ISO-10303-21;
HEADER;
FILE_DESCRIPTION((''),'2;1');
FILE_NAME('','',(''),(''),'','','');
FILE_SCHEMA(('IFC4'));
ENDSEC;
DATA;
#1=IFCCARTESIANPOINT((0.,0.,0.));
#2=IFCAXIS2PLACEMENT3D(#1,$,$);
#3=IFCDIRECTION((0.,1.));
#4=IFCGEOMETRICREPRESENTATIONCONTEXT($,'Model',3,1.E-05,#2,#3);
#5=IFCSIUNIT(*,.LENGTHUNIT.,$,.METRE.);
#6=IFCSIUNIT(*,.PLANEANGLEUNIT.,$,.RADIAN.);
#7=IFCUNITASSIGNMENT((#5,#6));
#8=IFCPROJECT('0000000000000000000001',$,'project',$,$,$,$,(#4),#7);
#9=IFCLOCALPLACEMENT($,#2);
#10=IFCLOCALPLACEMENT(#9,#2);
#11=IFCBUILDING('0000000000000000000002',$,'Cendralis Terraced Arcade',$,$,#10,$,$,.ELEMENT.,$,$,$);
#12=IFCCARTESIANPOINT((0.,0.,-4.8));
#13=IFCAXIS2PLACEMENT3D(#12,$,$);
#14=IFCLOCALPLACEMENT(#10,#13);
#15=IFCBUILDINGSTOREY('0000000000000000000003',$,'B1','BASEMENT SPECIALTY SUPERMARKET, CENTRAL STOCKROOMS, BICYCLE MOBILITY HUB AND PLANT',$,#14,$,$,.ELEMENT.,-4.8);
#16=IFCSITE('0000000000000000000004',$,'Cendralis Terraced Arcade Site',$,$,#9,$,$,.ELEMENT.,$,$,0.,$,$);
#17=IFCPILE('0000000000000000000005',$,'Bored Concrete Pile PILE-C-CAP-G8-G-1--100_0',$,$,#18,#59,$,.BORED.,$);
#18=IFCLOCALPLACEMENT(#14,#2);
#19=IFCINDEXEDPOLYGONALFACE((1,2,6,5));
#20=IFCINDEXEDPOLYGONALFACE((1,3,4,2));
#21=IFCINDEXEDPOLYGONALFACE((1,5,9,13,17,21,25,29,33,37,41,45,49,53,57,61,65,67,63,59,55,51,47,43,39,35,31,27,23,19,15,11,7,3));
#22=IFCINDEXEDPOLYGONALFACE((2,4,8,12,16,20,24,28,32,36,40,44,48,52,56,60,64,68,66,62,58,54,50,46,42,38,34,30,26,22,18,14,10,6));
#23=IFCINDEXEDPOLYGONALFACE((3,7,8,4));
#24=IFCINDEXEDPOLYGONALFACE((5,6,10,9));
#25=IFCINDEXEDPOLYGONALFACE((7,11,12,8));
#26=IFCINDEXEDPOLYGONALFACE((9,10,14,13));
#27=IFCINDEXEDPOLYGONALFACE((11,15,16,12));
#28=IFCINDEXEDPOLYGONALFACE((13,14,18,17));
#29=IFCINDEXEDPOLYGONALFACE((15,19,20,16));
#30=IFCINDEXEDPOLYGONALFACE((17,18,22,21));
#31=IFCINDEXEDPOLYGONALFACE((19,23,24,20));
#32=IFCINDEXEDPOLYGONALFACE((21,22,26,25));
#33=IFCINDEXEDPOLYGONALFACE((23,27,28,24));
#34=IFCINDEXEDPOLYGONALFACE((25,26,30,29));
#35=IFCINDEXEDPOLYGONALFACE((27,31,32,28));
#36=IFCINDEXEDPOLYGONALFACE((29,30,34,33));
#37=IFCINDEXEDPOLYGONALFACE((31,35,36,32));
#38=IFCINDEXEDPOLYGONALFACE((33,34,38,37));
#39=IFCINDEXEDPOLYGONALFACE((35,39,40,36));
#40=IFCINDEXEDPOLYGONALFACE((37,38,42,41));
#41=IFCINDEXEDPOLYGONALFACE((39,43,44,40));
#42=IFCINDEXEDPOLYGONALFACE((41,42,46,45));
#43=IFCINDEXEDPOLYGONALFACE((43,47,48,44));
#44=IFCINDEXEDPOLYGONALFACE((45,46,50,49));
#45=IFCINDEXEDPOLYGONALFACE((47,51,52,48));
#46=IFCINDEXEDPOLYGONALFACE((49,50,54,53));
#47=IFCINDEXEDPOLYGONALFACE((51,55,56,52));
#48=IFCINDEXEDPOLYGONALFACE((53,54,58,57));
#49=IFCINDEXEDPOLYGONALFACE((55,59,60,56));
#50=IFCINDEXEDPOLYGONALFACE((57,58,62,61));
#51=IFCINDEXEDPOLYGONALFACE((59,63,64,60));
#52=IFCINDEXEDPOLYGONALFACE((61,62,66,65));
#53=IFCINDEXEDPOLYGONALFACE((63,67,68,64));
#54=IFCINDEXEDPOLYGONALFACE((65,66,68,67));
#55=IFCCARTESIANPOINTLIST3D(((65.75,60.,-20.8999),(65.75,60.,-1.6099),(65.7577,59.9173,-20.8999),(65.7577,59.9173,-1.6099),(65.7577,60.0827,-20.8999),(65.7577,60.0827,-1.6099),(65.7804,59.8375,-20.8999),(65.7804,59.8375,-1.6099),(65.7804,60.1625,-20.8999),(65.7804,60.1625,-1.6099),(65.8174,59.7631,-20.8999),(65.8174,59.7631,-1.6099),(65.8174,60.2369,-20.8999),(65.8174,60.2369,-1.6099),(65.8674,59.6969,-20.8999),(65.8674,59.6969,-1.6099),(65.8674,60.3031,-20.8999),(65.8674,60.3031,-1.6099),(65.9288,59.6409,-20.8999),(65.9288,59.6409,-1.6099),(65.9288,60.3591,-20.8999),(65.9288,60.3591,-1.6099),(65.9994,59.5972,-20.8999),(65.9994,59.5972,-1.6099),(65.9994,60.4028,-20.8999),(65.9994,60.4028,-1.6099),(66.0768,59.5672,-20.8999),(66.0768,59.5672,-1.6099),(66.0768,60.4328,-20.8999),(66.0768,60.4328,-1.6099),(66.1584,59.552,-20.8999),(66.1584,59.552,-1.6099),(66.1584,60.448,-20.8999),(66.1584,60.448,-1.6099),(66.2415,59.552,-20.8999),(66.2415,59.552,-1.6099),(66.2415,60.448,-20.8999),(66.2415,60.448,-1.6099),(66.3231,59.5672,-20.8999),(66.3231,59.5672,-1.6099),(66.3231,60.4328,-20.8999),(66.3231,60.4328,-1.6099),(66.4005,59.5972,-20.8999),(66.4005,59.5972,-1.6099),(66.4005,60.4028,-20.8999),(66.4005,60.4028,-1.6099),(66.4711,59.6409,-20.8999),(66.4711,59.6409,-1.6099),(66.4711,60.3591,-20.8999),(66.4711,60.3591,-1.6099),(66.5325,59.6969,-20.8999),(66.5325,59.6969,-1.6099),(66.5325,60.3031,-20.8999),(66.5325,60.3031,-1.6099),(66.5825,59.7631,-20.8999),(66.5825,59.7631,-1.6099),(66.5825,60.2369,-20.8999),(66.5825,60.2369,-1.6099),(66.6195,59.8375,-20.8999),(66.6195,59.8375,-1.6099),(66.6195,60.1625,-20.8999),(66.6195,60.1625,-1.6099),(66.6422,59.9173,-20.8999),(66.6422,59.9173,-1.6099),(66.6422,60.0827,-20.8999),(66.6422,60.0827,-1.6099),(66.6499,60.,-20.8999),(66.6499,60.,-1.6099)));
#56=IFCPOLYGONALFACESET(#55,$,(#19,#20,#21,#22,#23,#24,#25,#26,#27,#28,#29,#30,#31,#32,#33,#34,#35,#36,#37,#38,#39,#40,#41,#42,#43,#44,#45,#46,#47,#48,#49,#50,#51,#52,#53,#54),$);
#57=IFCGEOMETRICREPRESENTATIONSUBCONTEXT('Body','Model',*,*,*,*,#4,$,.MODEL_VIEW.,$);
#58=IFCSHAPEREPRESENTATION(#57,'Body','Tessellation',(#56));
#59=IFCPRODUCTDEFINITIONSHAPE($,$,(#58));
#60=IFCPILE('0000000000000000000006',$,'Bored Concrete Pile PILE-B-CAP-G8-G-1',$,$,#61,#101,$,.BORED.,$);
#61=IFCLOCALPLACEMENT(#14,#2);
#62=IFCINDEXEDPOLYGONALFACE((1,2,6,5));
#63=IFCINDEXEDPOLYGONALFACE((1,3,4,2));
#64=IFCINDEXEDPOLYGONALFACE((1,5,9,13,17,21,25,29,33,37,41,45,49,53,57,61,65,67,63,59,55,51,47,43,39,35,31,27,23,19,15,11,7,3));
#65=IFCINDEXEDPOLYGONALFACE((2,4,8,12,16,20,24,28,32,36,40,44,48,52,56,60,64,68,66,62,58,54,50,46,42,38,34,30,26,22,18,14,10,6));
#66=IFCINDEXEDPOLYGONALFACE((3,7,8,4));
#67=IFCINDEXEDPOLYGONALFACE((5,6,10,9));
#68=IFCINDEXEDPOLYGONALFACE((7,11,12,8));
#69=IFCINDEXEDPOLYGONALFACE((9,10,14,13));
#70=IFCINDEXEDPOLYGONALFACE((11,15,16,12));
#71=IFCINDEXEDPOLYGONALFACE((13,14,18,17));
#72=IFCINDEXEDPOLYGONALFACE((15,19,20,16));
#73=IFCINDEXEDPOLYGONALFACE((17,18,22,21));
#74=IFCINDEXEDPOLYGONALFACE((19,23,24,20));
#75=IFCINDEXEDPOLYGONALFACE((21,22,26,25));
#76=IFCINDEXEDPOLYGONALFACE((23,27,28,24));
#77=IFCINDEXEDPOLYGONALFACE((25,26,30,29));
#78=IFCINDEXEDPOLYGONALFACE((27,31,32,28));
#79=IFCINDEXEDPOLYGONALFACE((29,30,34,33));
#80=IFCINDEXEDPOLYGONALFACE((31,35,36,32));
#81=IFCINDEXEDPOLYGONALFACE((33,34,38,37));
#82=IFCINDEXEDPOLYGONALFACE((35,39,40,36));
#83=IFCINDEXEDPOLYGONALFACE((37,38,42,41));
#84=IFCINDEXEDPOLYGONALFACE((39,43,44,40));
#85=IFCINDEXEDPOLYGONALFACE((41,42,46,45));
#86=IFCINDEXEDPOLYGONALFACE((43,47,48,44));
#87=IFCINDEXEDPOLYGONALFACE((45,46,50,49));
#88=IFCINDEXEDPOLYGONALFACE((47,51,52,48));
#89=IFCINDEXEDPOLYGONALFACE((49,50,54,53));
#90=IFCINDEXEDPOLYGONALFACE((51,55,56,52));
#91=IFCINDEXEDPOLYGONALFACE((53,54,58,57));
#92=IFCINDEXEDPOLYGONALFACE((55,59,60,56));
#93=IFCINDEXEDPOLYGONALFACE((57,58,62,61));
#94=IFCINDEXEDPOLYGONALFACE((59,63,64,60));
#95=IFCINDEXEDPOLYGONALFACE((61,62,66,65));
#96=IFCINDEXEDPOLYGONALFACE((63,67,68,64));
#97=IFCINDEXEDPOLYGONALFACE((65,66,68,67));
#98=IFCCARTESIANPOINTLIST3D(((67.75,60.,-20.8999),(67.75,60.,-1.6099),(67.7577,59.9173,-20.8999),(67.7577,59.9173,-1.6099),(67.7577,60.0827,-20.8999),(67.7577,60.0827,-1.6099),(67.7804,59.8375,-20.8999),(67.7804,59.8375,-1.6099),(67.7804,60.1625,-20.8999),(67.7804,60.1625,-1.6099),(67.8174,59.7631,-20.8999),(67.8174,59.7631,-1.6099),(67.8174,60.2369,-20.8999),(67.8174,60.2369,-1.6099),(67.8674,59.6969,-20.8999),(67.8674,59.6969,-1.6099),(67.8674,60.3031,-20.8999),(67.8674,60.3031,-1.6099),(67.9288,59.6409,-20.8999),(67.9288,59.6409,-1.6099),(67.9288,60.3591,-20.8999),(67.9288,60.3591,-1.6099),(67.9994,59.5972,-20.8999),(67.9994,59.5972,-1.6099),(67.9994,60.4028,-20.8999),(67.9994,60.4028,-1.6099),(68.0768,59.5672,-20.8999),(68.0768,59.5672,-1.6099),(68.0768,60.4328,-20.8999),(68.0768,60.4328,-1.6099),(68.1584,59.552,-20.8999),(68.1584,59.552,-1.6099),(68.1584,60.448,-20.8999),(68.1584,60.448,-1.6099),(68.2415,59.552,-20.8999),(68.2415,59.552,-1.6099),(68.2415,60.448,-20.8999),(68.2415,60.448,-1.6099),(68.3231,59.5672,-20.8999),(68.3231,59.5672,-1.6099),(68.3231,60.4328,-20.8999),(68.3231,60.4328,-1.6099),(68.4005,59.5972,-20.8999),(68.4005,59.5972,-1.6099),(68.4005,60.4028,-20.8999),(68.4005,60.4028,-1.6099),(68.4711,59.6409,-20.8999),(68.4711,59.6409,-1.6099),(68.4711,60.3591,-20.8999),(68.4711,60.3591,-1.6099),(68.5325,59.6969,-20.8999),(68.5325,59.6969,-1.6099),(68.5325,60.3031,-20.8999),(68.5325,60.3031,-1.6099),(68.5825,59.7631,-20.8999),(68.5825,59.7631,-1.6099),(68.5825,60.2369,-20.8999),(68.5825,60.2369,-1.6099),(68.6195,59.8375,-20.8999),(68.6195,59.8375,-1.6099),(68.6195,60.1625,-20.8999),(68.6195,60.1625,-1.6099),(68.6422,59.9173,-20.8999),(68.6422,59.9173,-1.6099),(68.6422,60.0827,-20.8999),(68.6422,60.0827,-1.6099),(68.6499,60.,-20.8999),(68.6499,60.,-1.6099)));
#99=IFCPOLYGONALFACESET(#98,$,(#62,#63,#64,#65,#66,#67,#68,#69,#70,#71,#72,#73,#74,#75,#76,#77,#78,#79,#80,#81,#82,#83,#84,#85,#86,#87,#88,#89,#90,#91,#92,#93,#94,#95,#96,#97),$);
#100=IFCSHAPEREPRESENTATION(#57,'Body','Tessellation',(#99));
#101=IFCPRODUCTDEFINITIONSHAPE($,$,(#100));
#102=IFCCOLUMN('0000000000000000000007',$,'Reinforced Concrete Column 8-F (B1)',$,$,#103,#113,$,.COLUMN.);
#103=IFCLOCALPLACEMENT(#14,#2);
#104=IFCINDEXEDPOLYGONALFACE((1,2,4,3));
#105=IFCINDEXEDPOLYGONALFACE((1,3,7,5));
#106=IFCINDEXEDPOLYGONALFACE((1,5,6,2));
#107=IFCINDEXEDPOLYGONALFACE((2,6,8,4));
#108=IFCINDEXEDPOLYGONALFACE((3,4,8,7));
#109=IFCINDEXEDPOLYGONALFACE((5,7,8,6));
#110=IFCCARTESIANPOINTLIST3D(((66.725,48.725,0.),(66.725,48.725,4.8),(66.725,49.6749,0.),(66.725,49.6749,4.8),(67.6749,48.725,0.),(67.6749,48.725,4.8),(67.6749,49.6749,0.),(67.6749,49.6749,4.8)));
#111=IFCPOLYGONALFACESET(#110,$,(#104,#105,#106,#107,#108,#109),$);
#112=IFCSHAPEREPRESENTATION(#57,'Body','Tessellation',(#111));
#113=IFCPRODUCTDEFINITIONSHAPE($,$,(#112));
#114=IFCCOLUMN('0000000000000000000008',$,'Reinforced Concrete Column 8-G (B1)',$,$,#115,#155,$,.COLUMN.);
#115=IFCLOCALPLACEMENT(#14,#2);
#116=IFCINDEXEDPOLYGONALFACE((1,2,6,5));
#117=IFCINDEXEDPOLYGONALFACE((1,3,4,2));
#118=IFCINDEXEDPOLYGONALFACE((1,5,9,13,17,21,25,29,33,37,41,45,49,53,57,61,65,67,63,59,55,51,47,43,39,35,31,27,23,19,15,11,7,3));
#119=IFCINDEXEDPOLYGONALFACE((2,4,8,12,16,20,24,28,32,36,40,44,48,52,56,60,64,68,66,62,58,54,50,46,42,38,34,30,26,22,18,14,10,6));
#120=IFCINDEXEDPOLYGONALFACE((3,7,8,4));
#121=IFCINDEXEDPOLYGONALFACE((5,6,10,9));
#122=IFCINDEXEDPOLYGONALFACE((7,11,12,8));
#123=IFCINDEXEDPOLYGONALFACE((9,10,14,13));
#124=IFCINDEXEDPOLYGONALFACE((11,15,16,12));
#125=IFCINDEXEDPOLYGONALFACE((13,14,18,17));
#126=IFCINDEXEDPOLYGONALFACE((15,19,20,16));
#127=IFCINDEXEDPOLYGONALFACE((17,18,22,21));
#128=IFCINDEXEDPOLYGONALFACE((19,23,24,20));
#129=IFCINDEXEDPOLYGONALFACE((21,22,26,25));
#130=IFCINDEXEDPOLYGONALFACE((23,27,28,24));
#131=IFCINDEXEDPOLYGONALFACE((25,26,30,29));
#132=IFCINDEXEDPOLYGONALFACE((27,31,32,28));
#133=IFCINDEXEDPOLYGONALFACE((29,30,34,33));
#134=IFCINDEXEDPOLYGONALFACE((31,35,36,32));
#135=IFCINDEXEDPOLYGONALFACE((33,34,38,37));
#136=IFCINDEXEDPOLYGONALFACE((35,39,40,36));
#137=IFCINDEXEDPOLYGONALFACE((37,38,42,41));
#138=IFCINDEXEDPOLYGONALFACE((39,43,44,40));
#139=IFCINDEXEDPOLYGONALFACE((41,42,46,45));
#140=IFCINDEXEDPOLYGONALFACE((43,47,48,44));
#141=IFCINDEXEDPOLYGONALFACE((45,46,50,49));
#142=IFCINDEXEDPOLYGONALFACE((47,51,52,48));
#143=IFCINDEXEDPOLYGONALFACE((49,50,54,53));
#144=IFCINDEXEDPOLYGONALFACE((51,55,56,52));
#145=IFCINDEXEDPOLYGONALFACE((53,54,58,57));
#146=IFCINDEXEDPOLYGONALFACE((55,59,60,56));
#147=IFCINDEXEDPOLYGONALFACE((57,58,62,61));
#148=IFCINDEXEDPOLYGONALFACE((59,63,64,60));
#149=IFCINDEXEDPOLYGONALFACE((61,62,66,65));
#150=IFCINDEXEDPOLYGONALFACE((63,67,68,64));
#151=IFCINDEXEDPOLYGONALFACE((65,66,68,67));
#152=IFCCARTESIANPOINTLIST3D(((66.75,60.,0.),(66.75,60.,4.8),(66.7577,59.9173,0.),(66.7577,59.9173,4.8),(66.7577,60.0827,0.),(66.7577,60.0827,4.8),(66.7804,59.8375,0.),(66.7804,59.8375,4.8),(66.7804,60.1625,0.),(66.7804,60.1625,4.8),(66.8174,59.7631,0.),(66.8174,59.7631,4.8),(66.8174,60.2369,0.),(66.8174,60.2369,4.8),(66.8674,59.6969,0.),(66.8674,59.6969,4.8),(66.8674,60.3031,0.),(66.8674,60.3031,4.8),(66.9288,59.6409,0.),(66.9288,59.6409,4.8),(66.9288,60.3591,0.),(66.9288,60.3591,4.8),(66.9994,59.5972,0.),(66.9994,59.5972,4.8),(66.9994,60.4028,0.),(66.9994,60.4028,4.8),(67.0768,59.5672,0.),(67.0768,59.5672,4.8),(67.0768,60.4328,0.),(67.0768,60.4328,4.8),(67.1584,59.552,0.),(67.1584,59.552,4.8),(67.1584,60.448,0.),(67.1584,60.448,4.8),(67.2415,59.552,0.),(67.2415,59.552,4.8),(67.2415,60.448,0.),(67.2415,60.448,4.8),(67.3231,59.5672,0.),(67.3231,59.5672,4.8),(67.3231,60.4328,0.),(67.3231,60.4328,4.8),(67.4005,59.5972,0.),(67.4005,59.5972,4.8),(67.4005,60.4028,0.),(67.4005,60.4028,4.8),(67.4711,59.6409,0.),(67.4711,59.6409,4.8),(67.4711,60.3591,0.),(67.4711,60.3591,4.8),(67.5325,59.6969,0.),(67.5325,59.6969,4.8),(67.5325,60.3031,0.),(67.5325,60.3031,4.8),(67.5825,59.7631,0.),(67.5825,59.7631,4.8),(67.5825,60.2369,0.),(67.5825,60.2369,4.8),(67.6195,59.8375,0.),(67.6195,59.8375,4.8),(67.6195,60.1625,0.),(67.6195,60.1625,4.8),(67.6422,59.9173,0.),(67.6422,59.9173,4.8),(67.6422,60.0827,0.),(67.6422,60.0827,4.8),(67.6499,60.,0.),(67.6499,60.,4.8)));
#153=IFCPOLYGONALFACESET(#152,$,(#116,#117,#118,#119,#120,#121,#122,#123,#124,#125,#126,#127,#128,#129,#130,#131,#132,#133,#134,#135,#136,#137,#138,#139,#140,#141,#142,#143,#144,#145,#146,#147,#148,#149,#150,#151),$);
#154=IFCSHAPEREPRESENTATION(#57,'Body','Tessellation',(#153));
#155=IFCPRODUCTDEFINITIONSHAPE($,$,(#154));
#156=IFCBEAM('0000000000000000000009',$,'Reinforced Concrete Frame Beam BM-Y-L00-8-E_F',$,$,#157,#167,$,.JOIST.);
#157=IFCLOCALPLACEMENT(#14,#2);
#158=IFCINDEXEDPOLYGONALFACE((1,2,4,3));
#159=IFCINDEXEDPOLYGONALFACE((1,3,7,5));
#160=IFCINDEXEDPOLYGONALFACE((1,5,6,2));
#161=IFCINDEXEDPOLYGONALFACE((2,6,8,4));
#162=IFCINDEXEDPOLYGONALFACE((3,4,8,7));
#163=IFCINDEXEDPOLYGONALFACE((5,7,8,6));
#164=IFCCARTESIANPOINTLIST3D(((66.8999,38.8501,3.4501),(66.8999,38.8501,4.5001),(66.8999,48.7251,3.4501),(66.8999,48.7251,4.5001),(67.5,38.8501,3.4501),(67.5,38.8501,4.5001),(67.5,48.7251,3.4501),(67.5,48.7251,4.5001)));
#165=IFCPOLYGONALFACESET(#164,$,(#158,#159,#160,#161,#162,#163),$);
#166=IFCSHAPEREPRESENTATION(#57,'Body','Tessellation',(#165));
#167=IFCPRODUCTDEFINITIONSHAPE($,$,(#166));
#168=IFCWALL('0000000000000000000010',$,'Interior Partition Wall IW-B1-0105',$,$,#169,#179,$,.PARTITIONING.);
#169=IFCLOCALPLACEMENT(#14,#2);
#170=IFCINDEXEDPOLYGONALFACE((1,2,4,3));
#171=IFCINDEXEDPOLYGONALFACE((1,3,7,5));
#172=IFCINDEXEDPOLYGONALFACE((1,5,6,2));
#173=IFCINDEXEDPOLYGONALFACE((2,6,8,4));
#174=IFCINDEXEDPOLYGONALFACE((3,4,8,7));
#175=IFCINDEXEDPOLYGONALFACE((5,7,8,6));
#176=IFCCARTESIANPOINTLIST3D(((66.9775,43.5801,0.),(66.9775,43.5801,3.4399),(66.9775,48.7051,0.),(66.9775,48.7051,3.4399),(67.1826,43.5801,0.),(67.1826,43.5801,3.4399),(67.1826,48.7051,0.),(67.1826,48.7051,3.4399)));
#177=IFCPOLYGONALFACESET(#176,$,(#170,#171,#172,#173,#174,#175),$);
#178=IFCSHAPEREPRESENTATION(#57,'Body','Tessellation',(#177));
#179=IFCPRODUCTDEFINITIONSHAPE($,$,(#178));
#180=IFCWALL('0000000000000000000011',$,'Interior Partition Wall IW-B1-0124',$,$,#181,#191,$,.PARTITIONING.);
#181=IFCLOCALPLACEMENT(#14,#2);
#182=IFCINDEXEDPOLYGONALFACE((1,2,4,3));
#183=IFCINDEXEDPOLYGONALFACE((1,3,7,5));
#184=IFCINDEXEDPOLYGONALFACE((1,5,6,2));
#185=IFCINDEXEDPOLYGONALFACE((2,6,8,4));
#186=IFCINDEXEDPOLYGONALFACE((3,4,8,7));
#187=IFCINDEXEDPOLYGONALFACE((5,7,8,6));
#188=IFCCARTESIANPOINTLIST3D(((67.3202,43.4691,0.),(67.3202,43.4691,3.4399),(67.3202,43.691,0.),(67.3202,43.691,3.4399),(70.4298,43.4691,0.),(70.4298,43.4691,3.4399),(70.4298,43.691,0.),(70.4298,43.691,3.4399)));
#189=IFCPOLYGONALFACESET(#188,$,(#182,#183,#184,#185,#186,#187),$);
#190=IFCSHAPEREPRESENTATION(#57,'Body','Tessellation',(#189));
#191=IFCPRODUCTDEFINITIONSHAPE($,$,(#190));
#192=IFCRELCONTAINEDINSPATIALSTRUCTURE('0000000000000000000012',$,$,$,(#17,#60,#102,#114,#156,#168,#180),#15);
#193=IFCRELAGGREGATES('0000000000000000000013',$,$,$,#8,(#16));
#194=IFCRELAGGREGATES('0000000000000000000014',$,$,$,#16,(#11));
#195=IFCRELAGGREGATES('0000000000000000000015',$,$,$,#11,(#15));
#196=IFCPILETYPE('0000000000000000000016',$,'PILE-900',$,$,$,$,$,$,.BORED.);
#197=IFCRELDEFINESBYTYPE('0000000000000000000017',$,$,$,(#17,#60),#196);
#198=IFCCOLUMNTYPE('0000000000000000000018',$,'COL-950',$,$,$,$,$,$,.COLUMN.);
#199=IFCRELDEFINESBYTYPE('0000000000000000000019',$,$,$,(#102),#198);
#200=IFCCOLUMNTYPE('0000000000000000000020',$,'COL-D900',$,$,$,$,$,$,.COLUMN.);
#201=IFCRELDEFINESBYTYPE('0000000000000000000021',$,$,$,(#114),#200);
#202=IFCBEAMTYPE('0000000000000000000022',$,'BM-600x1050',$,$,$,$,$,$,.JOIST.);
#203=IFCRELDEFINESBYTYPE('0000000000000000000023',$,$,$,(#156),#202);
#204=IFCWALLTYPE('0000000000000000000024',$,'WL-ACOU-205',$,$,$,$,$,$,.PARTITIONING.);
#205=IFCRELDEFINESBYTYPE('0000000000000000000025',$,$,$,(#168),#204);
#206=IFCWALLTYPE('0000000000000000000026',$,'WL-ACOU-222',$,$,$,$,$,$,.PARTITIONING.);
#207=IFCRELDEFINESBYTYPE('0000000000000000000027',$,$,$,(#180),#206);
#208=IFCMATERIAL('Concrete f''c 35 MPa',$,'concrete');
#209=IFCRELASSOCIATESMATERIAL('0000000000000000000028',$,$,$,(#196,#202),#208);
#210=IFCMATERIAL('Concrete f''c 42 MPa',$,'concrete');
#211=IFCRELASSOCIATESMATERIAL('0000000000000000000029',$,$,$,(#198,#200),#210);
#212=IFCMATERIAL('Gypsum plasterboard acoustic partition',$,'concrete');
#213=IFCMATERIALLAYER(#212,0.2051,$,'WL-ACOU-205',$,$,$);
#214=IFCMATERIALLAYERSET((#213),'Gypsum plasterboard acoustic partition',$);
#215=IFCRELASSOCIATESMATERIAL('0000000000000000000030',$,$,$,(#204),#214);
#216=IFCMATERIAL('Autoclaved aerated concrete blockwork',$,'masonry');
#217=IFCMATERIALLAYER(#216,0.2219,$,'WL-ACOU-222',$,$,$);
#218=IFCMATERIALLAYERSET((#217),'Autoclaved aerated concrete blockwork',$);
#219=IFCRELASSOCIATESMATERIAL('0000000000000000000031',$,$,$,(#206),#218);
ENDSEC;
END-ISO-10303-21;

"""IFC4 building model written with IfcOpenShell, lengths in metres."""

from ifc_helpers import new_model, si_unit, direction, frame, frame_2d, origin, origin_2d, place, context, subcontext, project, spatial, rectangle, circle, extrude, material, layer, layer_set, material_profile, profile_set, type_object, element, save


model = new_model("IFC4")

# Units and contexts
model_context = context("Model", 3, precision=1e-05, world=origin(), true_north=direction((0.0, 1.0)))
body_context = subcontext(model_context, "Body", "Model", "MODEL_VIEW")
ifc_project = project(units=[si_unit("LENGTHUNIT", "METRE"), si_unit("PLANEANGLEUNIT", "RADIAN")], contexts=[model_context])

# Site, building, storey
site_placement = place(None, origin())
site = spatial("IfcSite", under=ifc_project, at=site_placement, Name="Cendralis Terraced Arcade Site", CompositionType="ELEMENT", RefElevation=0.0)
building_placement = place(site_placement, origin())
building = spatial("IfcBuilding", under=site, at=building_placement, Name="Cendralis Terraced Arcade", CompositionType="ELEMENT")
storey_placement = place(building_placement, frame((0.0, 0.0, -4.8)))
storey = spatial("IfcBuildingStorey", under=building, at=storey_placement, Name="B1", Description="BASEMENT SPECIALTY SUPERMARKET, CENTRAL STOCKROOMS, BICYCLE MOBILITY HUB AND PLANT", CompositionType="ELEMENT", Elevation=-4.8)

# Shared definitions
ifc_material_1 = material(Name="Concrete f'c 35 MPa", Category="concrete")

# Piles
ifc_material_profile_1 = material_profile(ifc_material_1, circle(Radius=0.45, at=origin_2d()), Name="PILE-D900", Category="LoadBearing")
ifc_profile_set_1 = profile_set([ifc_material_profile_1], Name="Concrete f'c 35 MPa")
pile_type_1 = type_object("IfcPileType", Name="PILE-900", PredefinedType="BORED", material=ifc_profile_set_1)
for number, where, z_axis, x_axis, name in (
    (1, (66.2, 60.0, -1.6099), (0.0, 0.0, -1.0), (1.0, 0.0, 0.0), "Bored Concrete Pile PILE-C-CAP-G8-G-1--100_0"),
    (2, (68.2, 60.0, -1.6099), (0.0, 0.0, -1.0), (1.0, 0.0, 0.0), "Bored Concrete Pile PILE-B-CAP-G8-G-1"),
):
    element("IfcPile", number, at=place(storey_placement, frame(where, z_axis=z_axis, x_axis=x_axis)), inside=storey, type_object=pile_type_1, Name=name, PredefinedType="BORED", context=body_context, shape_type="SweptSolid", body=[
        extrude(circle(Radius=0.45, at=origin_2d()), origin(), (0.0, 0.0, 1.0), 19.29),
    ])

# Columns
ifc_material_2 = material(Name="Concrete f'c 42 MPa", Category="concrete")
ifc_material_profile_2 = material_profile(ifc_material_2, rectangle(XDim=0.95, YDim=0.95, at=origin_2d()), Name="RC-COL-950x950", Category="LoadBearing")
ifc_profile_set_2 = profile_set([ifc_material_profile_2], Name="Concrete f'c 42 MPa")
column_type_1 = type_object("IfcColumnType", Name="COL-950", PredefinedType="COLUMN", material=ifc_profile_set_2)
column_1_placement = place(storey_placement, frame((67.2, 49.2, 0.0), z_axis=(0.0, 0.0, 1.0), x_axis=(1.0, 0.0, 0.0)))
element("IfcColumn", 3, at=column_1_placement, inside=storey, type_object=column_type_1, Name="Reinforced Concrete Column 8-F (B1)", PredefinedType="COLUMN", context=body_context, shape_type="SweptSolid", body=[
    extrude(rectangle(XDim=0.95, YDim=0.95, at=origin_2d()), origin(), (0.0, 0.0, 1.0), 4.8),
])
ifc_material_profile_3 = material_profile(ifc_material_2, circle(Radius=0.45, at=origin_2d()), Name="RC-COL-D900", Category="LoadBearing")
ifc_profile_set_3 = profile_set([ifc_material_profile_3], Name="Concrete f'c 42 MPa")
column_type_2 = type_object("IfcColumnType", Name="COL-D900", PredefinedType="COLUMN", material=ifc_profile_set_3)
column_2_placement = place(storey_placement, frame((67.2, 60.0, 0.0), z_axis=(0.0, 0.0, 1.0), x_axis=(1.0, 0.0, 0.0)))
element("IfcColumn", 4, at=column_2_placement, inside=storey, type_object=column_type_2, Name="Reinforced Concrete Column 8-G (B1)", PredefinedType="COLUMN", context=body_context, shape_type="SweptSolid", body=[
    extrude(circle(Radius=0.45, at=origin_2d()), origin(), (0.0, 0.0, 1.0), 4.8),
])

# Beam
ifc_material_profile_4 = material_profile(ifc_material_1, rectangle(XDim=0.6001, YDim=1.05, at=origin_2d()), Name="RC-BM-600x1050", Category="LoadBearing")
ifc_profile_set_4 = profile_set([ifc_material_profile_4], Name="Concrete f'c 35 MPa")
beam_type = type_object("IfcBeamType", Name="BM-600x1050", PredefinedType="JOIST", material=ifc_profile_set_4)
beam_placement = place(storey_placement, frame((67.2, 38.8501, 3.9751), z_axis=(0.0, 1.0, 0.0), x_axis=(-1.0, 0.0, 0.0)))
element("IfcBeam", 5, at=beam_placement, inside=storey, type_object=beam_type, Name="Reinforced Concrete Frame Beam BM-Y-L00-8-E_F", PredefinedType="JOIST", context=body_context, shape_type="SweptSolid", body=[
    extrude(rectangle(XDim=0.6001, YDim=1.05, at=origin_2d()), origin(), (0.0, 0.0, 1.0), 9.875),
])

# Walls
ifc_material_3 = material(Name="Gypsum plasterboard acoustic partition", Category="concrete")
ifc_layer_1 = layer(ifc_material_3, 0.2051, Name="WL-ACOU-205")
ifc_layer_set_1 = layer_set([ifc_layer_1], Name="Gypsum plasterboard acoustic partition")
wall_type_1 = type_object("IfcWallType", Name="WL-ACOU-205", PredefinedType="PARTITIONING", material=ifc_layer_set_1)
wall_1_placement = place(storey_placement, frame((67.0801, 48.7051, 0.0), z_axis=(0.0, 0.0, 1.0), x_axis=(0.0, -1.0, 0.0)))
element("IfcWall", 6, at=wall_1_placement, inside=storey, type_object=wall_type_1, Name="Interior Partition Wall IW-B1-0105", PredefinedType="PARTITIONING", context=body_context, shape_type="SweptSolid", body=[
    extrude(rectangle(XDim=5.125, YDim=0.2051, at=frame_2d((2.5625, 0.0))), origin(), (0.0, 0.0, 1.0), 3.4399),
])
ifc_material_4 = material(Name="Autoclaved aerated concrete blockwork", Category="masonry")
ifc_layer_2 = layer(ifc_material_4, 0.2219, Name="WL-ACOU-222")
ifc_layer_set_2 = layer_set([ifc_layer_2], Name="Autoclaved aerated concrete blockwork")
wall_type_2 = type_object("IfcWallType", Name="WL-ACOU-222", PredefinedType="PARTITIONING", material=ifc_layer_set_2)
wall_2_placement = place(storey_placement, frame((70.4297, 43.5801, 0.0), z_axis=(0.0, 0.0, 1.0), x_axis=(-1.0, 0.0, 0.0)))
element("IfcWall", 7, at=wall_2_placement, inside=storey, type_object=wall_type_2, Name="Interior Partition Wall IW-B1-0124", PredefinedType="PARTITIONING", context=body_context, shape_type="SweptSolid", body=[
    extrude(rectangle(XDim=3.1096, YDim=0.2219, at=frame_2d((1.5547, 0.0))), origin(), (0.0, 0.0, 1.0), 3.4399),
])

save(model, "model.ifc")
